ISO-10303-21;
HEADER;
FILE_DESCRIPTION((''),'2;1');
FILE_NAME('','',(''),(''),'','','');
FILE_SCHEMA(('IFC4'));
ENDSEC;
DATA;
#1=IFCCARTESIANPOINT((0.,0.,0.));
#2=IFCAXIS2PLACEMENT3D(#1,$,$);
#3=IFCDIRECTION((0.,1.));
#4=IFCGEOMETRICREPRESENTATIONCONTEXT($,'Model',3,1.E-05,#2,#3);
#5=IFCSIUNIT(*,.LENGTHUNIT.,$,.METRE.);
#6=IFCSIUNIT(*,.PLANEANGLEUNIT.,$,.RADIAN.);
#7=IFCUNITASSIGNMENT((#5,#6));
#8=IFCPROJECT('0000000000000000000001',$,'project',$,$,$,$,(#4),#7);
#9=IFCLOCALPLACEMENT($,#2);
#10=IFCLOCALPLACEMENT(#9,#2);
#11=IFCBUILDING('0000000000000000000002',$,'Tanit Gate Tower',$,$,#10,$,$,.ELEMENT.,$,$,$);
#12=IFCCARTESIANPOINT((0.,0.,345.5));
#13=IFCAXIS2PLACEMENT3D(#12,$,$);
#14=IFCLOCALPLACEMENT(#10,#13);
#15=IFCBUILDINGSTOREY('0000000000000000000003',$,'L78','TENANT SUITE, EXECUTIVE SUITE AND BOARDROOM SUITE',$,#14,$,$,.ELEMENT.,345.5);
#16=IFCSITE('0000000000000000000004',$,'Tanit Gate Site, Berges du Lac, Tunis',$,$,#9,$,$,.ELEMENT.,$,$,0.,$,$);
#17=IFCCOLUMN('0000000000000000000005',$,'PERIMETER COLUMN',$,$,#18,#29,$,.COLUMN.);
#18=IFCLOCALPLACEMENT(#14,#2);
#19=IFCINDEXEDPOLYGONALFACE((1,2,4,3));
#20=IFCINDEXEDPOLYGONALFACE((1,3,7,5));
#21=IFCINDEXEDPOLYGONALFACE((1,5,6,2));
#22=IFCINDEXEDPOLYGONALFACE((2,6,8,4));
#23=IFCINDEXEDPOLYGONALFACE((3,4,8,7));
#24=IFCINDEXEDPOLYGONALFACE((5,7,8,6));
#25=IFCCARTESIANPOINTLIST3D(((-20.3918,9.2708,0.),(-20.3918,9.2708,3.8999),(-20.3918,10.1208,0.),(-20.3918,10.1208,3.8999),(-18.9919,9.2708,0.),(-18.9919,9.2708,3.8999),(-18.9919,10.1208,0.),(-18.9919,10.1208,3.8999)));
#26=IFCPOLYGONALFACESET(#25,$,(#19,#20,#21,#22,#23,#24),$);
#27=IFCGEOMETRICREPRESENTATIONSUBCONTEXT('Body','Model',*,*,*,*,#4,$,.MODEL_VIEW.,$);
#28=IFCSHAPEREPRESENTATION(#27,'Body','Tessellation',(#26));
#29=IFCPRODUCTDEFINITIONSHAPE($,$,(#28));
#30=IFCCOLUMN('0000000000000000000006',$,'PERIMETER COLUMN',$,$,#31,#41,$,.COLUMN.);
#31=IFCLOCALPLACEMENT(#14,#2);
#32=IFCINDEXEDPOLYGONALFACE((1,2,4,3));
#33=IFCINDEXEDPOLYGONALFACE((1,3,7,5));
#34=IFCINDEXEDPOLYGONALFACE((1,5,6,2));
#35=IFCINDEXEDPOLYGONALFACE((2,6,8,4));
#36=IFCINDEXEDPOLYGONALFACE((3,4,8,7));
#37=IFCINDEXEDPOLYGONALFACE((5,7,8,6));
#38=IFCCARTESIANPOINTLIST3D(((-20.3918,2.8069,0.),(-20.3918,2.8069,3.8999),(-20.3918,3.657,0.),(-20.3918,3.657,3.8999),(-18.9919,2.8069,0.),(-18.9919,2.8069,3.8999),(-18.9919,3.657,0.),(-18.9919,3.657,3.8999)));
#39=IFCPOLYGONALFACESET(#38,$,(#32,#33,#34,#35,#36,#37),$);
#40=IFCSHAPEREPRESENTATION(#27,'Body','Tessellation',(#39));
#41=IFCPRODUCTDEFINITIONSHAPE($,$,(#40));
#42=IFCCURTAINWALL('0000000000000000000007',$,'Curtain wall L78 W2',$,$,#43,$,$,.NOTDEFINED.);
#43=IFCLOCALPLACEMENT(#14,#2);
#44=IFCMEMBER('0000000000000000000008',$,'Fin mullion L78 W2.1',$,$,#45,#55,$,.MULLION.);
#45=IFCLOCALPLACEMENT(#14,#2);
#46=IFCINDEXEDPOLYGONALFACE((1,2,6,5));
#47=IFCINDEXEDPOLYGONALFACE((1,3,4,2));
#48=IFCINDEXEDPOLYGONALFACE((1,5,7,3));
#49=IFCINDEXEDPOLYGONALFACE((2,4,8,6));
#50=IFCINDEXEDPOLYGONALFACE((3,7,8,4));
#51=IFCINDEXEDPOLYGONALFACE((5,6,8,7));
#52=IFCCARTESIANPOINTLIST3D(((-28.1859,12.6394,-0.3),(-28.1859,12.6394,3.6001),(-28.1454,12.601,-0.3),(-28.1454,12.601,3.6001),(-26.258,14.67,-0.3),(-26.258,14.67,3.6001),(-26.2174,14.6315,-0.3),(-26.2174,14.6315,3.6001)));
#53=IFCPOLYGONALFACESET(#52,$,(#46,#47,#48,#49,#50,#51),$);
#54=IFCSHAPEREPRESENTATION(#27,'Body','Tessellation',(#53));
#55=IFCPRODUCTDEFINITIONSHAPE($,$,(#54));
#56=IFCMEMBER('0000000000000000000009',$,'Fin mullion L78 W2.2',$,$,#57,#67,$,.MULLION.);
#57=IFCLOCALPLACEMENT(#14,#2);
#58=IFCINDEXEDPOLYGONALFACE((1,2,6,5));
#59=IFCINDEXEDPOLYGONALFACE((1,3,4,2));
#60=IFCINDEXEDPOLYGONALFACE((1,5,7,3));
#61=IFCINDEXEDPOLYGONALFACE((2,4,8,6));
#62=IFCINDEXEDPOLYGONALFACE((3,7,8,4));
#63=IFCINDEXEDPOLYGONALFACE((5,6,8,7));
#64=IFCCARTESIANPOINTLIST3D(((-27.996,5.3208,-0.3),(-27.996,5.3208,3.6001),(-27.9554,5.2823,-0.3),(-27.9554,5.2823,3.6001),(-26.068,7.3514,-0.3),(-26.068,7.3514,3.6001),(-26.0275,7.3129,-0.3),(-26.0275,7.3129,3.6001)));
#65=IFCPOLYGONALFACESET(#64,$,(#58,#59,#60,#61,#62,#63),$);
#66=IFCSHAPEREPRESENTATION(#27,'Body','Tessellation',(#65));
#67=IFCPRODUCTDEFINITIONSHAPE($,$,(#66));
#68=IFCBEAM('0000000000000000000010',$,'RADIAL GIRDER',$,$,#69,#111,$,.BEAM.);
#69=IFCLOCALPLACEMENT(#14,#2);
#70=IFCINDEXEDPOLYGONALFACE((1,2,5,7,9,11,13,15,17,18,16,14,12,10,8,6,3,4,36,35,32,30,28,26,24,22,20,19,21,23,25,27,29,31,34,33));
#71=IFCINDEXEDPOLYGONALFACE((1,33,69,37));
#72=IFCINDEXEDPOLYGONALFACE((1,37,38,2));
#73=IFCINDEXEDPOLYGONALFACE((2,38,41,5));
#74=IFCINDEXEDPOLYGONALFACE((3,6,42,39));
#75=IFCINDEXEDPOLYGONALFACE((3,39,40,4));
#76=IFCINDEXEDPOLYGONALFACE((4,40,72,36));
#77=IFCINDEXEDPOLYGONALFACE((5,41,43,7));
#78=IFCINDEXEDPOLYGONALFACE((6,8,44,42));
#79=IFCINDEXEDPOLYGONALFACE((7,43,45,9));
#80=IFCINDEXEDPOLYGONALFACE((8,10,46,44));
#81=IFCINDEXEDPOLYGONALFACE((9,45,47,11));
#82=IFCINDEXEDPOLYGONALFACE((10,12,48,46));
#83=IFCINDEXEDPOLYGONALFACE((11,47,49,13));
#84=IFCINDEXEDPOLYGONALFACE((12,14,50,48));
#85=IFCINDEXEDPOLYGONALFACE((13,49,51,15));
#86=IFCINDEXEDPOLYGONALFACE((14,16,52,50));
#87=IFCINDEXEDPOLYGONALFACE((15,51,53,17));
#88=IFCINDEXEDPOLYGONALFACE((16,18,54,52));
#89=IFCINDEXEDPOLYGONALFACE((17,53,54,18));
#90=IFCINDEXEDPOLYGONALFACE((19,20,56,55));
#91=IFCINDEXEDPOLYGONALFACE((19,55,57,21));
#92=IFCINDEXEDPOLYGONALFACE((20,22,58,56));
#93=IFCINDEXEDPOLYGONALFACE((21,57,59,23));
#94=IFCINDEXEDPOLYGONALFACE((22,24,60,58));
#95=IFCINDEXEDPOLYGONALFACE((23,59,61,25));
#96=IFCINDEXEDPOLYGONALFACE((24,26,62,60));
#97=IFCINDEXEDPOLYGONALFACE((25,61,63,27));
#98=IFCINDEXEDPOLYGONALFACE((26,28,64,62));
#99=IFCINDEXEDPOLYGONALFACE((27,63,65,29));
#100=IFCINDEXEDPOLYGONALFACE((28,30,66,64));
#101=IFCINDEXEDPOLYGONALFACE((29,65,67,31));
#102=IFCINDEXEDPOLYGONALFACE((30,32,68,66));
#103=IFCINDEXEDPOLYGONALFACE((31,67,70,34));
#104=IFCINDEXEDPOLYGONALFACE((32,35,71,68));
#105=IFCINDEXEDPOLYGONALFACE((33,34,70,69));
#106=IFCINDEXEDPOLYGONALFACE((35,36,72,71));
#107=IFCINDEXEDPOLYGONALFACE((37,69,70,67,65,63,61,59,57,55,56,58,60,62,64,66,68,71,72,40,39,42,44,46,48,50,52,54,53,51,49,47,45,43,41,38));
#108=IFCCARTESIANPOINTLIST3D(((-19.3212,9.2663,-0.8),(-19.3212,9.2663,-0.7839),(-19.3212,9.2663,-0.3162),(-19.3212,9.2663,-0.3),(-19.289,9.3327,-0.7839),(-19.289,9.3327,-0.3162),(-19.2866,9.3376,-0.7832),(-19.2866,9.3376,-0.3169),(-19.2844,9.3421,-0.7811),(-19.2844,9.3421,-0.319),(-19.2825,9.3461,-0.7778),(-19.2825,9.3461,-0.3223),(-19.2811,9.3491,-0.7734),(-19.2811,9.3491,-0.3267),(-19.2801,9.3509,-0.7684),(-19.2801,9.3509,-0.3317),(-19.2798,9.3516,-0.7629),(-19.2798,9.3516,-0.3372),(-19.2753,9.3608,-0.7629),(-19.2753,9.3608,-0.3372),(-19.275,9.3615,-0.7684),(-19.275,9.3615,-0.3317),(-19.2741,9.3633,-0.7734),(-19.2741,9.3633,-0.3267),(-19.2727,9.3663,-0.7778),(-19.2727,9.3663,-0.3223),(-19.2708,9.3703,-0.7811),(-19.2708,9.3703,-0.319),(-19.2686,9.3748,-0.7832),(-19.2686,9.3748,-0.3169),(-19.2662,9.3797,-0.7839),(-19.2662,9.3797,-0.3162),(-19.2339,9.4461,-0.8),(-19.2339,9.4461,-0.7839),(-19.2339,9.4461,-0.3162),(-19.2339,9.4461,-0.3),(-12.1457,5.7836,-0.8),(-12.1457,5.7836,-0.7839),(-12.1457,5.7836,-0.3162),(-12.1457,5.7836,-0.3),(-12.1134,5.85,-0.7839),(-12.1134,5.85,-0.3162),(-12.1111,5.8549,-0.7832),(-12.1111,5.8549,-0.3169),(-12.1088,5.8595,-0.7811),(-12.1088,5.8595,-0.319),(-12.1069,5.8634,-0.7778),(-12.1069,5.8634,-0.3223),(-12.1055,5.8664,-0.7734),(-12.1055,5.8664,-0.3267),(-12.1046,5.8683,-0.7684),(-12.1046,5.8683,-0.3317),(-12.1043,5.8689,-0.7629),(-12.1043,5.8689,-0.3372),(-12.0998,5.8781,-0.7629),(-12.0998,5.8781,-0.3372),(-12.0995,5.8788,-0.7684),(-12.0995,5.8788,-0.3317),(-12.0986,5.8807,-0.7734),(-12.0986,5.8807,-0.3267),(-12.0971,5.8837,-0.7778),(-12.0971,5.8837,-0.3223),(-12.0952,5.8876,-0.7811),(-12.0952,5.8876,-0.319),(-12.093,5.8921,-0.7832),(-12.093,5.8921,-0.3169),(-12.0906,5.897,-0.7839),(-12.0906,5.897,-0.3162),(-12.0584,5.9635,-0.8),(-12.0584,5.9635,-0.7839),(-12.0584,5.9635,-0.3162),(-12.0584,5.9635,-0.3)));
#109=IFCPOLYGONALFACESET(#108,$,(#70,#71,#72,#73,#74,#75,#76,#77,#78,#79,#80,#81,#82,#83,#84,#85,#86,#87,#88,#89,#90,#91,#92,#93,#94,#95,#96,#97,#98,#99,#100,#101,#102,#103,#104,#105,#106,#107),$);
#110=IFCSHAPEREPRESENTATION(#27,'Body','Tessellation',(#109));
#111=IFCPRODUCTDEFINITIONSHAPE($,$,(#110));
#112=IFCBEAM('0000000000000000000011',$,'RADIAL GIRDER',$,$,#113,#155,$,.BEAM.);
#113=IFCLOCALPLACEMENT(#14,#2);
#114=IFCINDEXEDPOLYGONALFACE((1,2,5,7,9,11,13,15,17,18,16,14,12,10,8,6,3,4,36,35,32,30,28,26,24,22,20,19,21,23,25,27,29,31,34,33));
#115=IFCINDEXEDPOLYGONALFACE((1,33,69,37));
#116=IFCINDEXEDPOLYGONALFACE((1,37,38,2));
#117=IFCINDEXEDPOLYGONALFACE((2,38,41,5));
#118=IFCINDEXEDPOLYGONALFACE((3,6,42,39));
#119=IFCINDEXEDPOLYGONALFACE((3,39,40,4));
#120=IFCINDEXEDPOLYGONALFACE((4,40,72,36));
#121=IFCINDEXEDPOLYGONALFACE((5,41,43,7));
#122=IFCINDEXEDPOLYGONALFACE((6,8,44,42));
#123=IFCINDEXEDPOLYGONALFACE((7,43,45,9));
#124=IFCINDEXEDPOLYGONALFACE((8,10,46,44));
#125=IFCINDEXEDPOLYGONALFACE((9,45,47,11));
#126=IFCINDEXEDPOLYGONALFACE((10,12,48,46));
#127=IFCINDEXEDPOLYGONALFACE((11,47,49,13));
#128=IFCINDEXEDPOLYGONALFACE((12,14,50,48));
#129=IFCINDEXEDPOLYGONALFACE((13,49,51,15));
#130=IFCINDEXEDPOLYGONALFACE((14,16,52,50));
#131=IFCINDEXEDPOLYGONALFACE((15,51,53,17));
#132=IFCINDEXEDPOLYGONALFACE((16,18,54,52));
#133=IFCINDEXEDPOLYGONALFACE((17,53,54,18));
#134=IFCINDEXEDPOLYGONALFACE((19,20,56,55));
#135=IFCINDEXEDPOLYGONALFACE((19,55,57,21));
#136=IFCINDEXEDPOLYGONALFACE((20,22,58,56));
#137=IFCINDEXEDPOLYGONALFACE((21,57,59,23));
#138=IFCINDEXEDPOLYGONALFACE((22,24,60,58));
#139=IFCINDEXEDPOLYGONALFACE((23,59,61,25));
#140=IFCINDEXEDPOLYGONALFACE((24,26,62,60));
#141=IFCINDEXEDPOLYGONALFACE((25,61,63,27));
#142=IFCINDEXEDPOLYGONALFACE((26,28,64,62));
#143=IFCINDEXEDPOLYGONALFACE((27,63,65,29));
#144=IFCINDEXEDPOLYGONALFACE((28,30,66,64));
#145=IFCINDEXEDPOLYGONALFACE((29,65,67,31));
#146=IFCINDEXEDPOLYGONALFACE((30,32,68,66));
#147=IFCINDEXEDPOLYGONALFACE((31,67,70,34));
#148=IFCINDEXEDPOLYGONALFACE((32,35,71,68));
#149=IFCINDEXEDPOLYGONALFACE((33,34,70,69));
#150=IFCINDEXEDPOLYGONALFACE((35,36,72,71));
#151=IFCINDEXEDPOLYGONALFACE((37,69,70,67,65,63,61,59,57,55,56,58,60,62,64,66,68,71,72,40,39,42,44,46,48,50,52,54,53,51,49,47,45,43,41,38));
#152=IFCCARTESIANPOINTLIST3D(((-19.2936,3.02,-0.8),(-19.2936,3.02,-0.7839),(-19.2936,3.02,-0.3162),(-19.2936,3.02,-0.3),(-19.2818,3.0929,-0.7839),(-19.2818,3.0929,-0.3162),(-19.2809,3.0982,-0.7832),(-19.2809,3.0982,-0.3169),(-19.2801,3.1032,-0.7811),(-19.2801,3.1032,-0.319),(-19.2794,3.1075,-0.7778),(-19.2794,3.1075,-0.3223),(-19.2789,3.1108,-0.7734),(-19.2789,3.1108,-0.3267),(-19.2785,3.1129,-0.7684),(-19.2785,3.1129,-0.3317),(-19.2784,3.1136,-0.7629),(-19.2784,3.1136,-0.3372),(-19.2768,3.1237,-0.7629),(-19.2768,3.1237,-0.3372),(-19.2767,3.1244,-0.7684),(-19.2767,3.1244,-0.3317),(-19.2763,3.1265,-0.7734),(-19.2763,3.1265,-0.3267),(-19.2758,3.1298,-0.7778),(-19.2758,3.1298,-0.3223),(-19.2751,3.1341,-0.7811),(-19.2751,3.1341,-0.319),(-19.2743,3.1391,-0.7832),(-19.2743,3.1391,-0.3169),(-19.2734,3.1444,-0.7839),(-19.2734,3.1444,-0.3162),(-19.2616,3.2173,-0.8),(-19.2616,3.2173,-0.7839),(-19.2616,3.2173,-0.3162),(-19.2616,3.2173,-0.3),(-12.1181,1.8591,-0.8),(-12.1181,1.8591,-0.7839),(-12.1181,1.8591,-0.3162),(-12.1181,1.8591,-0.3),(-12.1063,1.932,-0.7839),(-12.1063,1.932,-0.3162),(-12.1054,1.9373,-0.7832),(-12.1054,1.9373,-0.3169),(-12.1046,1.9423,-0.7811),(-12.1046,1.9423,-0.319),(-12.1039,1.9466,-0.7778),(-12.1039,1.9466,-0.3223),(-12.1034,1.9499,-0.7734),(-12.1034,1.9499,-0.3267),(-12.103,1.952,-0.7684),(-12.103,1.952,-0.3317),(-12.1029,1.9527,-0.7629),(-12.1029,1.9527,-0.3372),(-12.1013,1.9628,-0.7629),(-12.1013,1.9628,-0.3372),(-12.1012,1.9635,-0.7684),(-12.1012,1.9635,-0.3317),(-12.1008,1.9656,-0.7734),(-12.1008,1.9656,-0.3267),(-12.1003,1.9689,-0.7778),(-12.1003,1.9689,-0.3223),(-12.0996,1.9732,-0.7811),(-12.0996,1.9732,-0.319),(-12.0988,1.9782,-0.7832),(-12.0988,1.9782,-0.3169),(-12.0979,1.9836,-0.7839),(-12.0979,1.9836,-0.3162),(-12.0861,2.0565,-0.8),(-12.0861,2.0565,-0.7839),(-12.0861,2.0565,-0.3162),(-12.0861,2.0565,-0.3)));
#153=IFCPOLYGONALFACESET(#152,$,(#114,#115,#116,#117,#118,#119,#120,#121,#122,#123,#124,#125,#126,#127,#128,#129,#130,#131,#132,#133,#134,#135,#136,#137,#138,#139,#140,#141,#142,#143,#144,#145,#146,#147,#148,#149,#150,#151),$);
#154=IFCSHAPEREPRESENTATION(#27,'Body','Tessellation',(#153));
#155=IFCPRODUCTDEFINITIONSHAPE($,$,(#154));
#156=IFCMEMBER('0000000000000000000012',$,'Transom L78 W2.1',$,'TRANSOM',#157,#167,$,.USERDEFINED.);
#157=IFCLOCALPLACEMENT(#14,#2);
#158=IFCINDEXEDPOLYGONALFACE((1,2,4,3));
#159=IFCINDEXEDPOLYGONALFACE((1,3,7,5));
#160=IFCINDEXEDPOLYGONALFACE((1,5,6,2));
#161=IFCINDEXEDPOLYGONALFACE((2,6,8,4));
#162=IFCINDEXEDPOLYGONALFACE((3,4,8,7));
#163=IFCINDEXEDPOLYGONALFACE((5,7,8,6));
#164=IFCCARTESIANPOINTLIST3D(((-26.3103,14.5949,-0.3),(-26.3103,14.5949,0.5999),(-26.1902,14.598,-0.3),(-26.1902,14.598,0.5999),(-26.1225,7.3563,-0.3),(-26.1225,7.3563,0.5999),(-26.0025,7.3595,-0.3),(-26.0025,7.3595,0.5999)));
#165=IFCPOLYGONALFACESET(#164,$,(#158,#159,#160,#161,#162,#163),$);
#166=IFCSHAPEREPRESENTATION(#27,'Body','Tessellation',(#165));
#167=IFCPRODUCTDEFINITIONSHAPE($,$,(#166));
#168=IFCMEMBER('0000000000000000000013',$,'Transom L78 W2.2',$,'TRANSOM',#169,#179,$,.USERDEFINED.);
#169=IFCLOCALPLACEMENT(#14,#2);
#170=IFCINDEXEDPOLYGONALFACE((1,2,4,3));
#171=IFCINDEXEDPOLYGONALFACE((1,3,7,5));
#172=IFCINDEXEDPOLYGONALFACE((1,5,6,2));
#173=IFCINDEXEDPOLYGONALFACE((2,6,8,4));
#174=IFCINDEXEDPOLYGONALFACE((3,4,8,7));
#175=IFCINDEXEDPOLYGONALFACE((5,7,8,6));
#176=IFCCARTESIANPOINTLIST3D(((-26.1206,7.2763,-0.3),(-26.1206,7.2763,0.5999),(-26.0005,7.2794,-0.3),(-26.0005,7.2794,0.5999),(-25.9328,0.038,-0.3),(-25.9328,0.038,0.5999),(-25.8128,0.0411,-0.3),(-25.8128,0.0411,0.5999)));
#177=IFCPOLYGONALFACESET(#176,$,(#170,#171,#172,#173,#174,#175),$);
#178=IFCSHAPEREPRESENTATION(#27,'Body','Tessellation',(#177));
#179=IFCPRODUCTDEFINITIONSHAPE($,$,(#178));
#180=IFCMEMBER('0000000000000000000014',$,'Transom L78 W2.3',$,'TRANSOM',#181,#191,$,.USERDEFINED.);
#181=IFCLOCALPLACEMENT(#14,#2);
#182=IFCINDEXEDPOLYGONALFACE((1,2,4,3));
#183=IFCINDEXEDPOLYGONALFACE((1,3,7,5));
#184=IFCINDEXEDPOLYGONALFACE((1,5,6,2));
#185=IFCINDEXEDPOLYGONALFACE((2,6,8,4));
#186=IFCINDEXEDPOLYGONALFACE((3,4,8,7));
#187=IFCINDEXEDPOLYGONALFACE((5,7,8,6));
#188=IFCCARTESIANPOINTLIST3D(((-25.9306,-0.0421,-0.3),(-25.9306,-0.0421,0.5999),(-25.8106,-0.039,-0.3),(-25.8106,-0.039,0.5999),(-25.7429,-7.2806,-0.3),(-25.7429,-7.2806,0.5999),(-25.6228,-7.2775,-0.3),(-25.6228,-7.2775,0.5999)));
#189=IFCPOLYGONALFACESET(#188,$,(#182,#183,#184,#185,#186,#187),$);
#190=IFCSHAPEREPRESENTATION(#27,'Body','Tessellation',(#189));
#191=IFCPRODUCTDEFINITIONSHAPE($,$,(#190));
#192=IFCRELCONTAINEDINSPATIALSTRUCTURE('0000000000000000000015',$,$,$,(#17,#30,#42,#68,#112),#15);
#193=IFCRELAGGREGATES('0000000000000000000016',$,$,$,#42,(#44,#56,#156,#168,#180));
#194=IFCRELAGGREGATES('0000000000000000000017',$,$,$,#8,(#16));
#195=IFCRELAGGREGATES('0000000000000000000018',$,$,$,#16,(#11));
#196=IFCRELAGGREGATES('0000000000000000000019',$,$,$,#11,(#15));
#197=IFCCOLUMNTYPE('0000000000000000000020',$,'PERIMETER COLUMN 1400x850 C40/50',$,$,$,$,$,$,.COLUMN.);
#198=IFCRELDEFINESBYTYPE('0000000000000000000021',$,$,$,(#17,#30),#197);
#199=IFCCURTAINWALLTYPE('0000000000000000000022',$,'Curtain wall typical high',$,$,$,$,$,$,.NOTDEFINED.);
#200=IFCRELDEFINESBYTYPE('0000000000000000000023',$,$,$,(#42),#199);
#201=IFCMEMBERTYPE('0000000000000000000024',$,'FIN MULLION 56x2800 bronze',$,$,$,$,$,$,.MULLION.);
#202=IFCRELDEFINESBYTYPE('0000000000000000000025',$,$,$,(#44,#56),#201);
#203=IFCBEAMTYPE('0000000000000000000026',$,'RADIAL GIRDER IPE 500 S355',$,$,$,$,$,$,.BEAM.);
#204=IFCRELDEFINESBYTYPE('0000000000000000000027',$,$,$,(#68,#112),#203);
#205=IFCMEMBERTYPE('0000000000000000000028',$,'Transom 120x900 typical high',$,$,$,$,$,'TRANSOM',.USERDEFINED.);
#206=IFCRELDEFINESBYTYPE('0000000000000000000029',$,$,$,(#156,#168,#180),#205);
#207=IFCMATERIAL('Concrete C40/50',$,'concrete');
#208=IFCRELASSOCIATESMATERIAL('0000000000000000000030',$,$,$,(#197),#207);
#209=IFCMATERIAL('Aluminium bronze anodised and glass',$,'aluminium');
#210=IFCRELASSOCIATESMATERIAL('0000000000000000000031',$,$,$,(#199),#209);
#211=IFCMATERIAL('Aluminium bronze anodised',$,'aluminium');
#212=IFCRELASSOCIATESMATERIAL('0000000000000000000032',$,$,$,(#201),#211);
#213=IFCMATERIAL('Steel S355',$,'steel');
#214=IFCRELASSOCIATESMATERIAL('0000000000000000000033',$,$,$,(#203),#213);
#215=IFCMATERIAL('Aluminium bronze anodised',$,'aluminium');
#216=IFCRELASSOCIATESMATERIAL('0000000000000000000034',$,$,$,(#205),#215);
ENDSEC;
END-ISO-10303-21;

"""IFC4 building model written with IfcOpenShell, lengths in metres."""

from ifc_helpers import new_model, si_unit, direction, frame, origin, origin_2d, place, context, subcontext, project, spatial, rectangle, i_section, extrude, material, material_profile, profile_set, type_object, element, aggregate, save


model = new_model("IFC4")

# Units and contexts
model_context = context("Model", 3, precision=1e-05, world=origin(), true_north=direction((0.0, 1.0)))
body_context = subcontext(model_context, "Body", "Model", "MODEL_VIEW")
ifc_project = project(units=[si_unit("LENGTHUNIT", "METRE"), si_unit("PLANEANGLEUNIT", "RADIAN")], contexts=[model_context])

# Site, building, storey
site_placement = place(None, origin())
site = spatial("IfcSite", under=ifc_project, at=site_placement, Name="Tanit Gate Site, Berges du Lac, Tunis", CompositionType="ELEMENT", RefElevation=0.0)
building_placement = place(site_placement, origin())
building = spatial("IfcBuilding", under=site, at=building_placement, Name="Tanit Gate Tower", CompositionType="ELEMENT")
storey_placement = place(building_placement, frame((0.0, 0.0, 345.5)))
storey = spatial("IfcBuildingStorey", under=building, at=storey_placement, Name="L78", Description="TENANT SUITE, EXECUTIVE SUITE AND BOARDROOM SUITE", CompositionType="ELEMENT", Elevation=345.5)

# Columns
ifc_material_1 = material(Name="Concrete C40/50", Category="concrete")
ifc_material_profile_1 = material_profile(ifc_material_1, rectangle(XDim=1.3999, YDim=0.8501, at=origin_2d()), Name="RC 1400x850")
ifc_profile_set_1 = profile_set([ifc_material_profile_1], Name="Concrete C40/50")
column_type = type_object("IfcColumnType", Name="PERIMETER COLUMN 1400x850 C40/50", PredefinedType="COLUMN", material=ifc_profile_set_1)
for number, where, z_axis, x_axis, name in (
    (1, (-19.6919, 9.6958, 0.0), (0.0, 0.0, 1.0), (-1.0, 0.0, 0.0), "PERIMETER COLUMN"),
    (2, (-19.6919, 3.2319, 0.0), (0.0, 0.0, 1.0), (-1.0, 0.0, 0.0), "PERIMETER COLUMN"),
):
    element("IfcColumn", number, at=place(storey_placement, frame(where, z_axis=z_axis, x_axis=x_axis)), inside=storey, type_object=column_type, Name=name, PredefinedType="COLUMN", context=body_context, shape_type="SweptSolid", body=[
        extrude(rectangle(XDim=1.3999, YDim=0.8501, at=origin_2d()), origin(), (0.0, 0.0, 1.0), 3.8999),
    ])

# Curtain wall, members
ifc_material_2 = material(Name="Aluminium bronze anodised and glass", Category="aluminium")
curtain_wall_type = type_object("IfcCurtainWallType", Name="Curtain wall typical high", PredefinedType="NOTDEFINED", material=ifc_material_2)
curtain_wall_placement = place(storey_placement, origin())
curtain_wall = element("IfcCurtainWall", 3, at=curtain_wall_placement, inside=storey, type_object=curtain_wall_type, Name="Curtain wall L78 W2", PredefinedType="NOTDEFINED")
ifc_material_3 = material(Name="Aluminium bronze anodised", Category="aluminium")
ifc_material_profile_2 = material_profile(ifc_material_3, rectangle(XDim=2.8, YDim=0.0559, at=origin_2d()), Name="56x2800 bronze fin mullion")
ifc_profile_set_2 = profile_set([ifc_material_profile_2], Name="Aluminium bronze anodised")
member_type_1 = type_object("IfcMemberType", Name="FIN MULLION 56x2800 bronze", PredefinedType="MULLION", material=ifc_profile_set_2)
member_1_placement = place(storey_placement, frame((-27.2017, 13.6355, -0.3), z_axis=(0.0, 0.0, 1.0), x_axis=(0.688538, 0.7252, 0.0)))
member_1 = element("IfcMember", 4, at=member_1_placement, type_object=member_type_1, Name="Fin mullion L78 W2.1", PredefinedType="MULLION", context=body_context, shape_type="SweptSolid", body=[
    extrude(rectangle(XDim=2.8, YDim=0.0559, at=origin_2d()), origin(), (0.0, 0.0, 1.0), 3.9001),
])
member_2_placement = place(storey_placement, frame((-27.0117, 6.3169, -0.3), z_axis=(0.0, 0.0, 1.0), x_axis=(0.688538, 0.7252, 0.0)))
member_2 = element("IfcMember", 5, at=member_2_placement, type_object=member_type_1, Name="Fin mullion L78 W2.2", PredefinedType="MULLION", context=body_context, shape_type="SweptSolid", body=[
    extrude(rectangle(XDim=2.8, YDim=0.0559, at=origin_2d()), origin(), (0.0, 0.0, 1.0), 3.9001),
])

# Beams
ifc_material_4 = material(Name="Steel S355", Category="steel")
ifc_material_profile_3 = material_profile(ifc_material_4, i_section(OverallWidth=0.2, OverallDepth=0.5, WebThickness=0.0103, FlangeThickness=0.0161, FilletRadius=0.021, at=origin_2d()), Name="IPE 500")
ifc_profile_set_3 = profile_set([ifc_material_profile_3], Name="Steel S355")
beam_type = type_object("IfcBeamType", Name="RADIAL GIRDER IPE 500 S355", PredefinedType="BEAM", material=ifc_profile_set_3)
beam_1_placement = place(storey_placement, frame((-19.2776, 9.3562, -0.55), z_axis=(0.899636, -0.436641, 0.0), x_axis=(0.436641, 0.899636, 0.0)))
element("IfcBeam", 6, at=beam_1_placement, inside=storey, type_object=beam_type, Name="RADIAL GIRDER", PredefinedType="BEAM", context=body_context, shape_type="SweptSolid", body=[
    extrude(i_section(OverallWidth=0.2, OverallDepth=0.5, WebThickness=0.0103, FlangeThickness=0.0161, FilletRadius=0.021, at=origin_2d()), origin(), (0.0, 0.0, 1.0), 7.9761),
])
beam_2_placement = place(storey_placement, frame((-19.2776, 3.1187, -0.55), z_axis=(0.987164, -0.159708, 0.0), x_axis=(0.159708, 0.987164, 0.0)))
element("IfcBeam", 7, at=beam_2_placement, inside=storey, type_object=beam_type, Name="RADIAL GIRDER", PredefinedType="BEAM", context=body_context, shape_type="SweptSolid", body=[
    extrude(i_section(OverallWidth=0.2, OverallDepth=0.5, WebThickness=0.0103, FlangeThickness=0.0161, FilletRadius=0.021, at=origin_2d()), origin(), (0.0, 0.0, 1.0), 7.2688),
])

# Members
ifc_material_5 = material(Name="Aluminium bronze anodised", Category="aluminium")
ifc_material_profile_4 = material_profile(ifc_material_5, rectangle(XDim=0.1201, YDim=0.8999, at=origin_2d()), Name="120x900 bronze transom")
ifc_profile_set_4 = profile_set([ifc_material_profile_4], Name="Aluminium bronze anodised")
member_type_2 = type_object("IfcMemberType", Name="Transom 120x900 typical high", ElementType="TRANSOM", PredefinedType="USERDEFINED", material=ifc_profile_set_4)
member_3_placement = place(storey_placement, frame((-26.2502, 14.5964, 0.1499), z_axis=(0.025928, -0.999664, 0.0), x_axis=(0.999664, 0.025928, 0.0)))
member_3 = element("IfcMember", 8, at=member_3_placement, type_object=member_type_2, Name="Transom L78 W2.1", ObjectType="TRANSOM", PredefinedType="USERDEFINED", context=body_context, shape_type="SweptSolid", body=[
    extrude(rectangle(XDim=0.1201, YDim=0.8999, at=origin_2d()), origin(), (0.0, 0.0, 1.0), 7.241),
])
member_4_placement = place(storey_placement, frame((-26.0605, 7.2778, 0.1499), z_axis=(0.025929, -0.999664, 0.0), x_axis=(0.999664, 0.025929, 0.0)))
member_4 = element("IfcMember", 9, at=member_4_placement, type_object=member_type_2, Name="Transom L78 W2.2", ObjectType="TRANSOM", PredefinedType="USERDEFINED", context=body_context, shape_type="SweptSolid", body=[
    extrude(rectangle(XDim=0.1201, YDim=0.8999, at=origin_2d()), origin(), (0.0, 0.0, 1.0), 7.2407),
])
member_5_placement = place(storey_placement, frame((-25.8706, -0.0405, 0.1499), z_axis=(0.025928, -0.999664, 0.0), x_axis=(0.999664, 0.025928, 0.0)))
member_5 = element("IfcMember", 10, at=member_5_placement, type_object=member_type_2, Name="Transom L78 W2.3", ObjectType="TRANSOM", PredefinedType="USERDEFINED", context=body_context, shape_type="SweptSolid", body=[
    extrude(rectangle(XDim=0.1201, YDim=0.8999, at=origin_2d()), origin(), (0.0, 0.0, 1.0), 7.241),
])

aggregate(curtain_wall, [member_1, member_2, member_3, member_4, member_5])

save(model, "model.ifc")
